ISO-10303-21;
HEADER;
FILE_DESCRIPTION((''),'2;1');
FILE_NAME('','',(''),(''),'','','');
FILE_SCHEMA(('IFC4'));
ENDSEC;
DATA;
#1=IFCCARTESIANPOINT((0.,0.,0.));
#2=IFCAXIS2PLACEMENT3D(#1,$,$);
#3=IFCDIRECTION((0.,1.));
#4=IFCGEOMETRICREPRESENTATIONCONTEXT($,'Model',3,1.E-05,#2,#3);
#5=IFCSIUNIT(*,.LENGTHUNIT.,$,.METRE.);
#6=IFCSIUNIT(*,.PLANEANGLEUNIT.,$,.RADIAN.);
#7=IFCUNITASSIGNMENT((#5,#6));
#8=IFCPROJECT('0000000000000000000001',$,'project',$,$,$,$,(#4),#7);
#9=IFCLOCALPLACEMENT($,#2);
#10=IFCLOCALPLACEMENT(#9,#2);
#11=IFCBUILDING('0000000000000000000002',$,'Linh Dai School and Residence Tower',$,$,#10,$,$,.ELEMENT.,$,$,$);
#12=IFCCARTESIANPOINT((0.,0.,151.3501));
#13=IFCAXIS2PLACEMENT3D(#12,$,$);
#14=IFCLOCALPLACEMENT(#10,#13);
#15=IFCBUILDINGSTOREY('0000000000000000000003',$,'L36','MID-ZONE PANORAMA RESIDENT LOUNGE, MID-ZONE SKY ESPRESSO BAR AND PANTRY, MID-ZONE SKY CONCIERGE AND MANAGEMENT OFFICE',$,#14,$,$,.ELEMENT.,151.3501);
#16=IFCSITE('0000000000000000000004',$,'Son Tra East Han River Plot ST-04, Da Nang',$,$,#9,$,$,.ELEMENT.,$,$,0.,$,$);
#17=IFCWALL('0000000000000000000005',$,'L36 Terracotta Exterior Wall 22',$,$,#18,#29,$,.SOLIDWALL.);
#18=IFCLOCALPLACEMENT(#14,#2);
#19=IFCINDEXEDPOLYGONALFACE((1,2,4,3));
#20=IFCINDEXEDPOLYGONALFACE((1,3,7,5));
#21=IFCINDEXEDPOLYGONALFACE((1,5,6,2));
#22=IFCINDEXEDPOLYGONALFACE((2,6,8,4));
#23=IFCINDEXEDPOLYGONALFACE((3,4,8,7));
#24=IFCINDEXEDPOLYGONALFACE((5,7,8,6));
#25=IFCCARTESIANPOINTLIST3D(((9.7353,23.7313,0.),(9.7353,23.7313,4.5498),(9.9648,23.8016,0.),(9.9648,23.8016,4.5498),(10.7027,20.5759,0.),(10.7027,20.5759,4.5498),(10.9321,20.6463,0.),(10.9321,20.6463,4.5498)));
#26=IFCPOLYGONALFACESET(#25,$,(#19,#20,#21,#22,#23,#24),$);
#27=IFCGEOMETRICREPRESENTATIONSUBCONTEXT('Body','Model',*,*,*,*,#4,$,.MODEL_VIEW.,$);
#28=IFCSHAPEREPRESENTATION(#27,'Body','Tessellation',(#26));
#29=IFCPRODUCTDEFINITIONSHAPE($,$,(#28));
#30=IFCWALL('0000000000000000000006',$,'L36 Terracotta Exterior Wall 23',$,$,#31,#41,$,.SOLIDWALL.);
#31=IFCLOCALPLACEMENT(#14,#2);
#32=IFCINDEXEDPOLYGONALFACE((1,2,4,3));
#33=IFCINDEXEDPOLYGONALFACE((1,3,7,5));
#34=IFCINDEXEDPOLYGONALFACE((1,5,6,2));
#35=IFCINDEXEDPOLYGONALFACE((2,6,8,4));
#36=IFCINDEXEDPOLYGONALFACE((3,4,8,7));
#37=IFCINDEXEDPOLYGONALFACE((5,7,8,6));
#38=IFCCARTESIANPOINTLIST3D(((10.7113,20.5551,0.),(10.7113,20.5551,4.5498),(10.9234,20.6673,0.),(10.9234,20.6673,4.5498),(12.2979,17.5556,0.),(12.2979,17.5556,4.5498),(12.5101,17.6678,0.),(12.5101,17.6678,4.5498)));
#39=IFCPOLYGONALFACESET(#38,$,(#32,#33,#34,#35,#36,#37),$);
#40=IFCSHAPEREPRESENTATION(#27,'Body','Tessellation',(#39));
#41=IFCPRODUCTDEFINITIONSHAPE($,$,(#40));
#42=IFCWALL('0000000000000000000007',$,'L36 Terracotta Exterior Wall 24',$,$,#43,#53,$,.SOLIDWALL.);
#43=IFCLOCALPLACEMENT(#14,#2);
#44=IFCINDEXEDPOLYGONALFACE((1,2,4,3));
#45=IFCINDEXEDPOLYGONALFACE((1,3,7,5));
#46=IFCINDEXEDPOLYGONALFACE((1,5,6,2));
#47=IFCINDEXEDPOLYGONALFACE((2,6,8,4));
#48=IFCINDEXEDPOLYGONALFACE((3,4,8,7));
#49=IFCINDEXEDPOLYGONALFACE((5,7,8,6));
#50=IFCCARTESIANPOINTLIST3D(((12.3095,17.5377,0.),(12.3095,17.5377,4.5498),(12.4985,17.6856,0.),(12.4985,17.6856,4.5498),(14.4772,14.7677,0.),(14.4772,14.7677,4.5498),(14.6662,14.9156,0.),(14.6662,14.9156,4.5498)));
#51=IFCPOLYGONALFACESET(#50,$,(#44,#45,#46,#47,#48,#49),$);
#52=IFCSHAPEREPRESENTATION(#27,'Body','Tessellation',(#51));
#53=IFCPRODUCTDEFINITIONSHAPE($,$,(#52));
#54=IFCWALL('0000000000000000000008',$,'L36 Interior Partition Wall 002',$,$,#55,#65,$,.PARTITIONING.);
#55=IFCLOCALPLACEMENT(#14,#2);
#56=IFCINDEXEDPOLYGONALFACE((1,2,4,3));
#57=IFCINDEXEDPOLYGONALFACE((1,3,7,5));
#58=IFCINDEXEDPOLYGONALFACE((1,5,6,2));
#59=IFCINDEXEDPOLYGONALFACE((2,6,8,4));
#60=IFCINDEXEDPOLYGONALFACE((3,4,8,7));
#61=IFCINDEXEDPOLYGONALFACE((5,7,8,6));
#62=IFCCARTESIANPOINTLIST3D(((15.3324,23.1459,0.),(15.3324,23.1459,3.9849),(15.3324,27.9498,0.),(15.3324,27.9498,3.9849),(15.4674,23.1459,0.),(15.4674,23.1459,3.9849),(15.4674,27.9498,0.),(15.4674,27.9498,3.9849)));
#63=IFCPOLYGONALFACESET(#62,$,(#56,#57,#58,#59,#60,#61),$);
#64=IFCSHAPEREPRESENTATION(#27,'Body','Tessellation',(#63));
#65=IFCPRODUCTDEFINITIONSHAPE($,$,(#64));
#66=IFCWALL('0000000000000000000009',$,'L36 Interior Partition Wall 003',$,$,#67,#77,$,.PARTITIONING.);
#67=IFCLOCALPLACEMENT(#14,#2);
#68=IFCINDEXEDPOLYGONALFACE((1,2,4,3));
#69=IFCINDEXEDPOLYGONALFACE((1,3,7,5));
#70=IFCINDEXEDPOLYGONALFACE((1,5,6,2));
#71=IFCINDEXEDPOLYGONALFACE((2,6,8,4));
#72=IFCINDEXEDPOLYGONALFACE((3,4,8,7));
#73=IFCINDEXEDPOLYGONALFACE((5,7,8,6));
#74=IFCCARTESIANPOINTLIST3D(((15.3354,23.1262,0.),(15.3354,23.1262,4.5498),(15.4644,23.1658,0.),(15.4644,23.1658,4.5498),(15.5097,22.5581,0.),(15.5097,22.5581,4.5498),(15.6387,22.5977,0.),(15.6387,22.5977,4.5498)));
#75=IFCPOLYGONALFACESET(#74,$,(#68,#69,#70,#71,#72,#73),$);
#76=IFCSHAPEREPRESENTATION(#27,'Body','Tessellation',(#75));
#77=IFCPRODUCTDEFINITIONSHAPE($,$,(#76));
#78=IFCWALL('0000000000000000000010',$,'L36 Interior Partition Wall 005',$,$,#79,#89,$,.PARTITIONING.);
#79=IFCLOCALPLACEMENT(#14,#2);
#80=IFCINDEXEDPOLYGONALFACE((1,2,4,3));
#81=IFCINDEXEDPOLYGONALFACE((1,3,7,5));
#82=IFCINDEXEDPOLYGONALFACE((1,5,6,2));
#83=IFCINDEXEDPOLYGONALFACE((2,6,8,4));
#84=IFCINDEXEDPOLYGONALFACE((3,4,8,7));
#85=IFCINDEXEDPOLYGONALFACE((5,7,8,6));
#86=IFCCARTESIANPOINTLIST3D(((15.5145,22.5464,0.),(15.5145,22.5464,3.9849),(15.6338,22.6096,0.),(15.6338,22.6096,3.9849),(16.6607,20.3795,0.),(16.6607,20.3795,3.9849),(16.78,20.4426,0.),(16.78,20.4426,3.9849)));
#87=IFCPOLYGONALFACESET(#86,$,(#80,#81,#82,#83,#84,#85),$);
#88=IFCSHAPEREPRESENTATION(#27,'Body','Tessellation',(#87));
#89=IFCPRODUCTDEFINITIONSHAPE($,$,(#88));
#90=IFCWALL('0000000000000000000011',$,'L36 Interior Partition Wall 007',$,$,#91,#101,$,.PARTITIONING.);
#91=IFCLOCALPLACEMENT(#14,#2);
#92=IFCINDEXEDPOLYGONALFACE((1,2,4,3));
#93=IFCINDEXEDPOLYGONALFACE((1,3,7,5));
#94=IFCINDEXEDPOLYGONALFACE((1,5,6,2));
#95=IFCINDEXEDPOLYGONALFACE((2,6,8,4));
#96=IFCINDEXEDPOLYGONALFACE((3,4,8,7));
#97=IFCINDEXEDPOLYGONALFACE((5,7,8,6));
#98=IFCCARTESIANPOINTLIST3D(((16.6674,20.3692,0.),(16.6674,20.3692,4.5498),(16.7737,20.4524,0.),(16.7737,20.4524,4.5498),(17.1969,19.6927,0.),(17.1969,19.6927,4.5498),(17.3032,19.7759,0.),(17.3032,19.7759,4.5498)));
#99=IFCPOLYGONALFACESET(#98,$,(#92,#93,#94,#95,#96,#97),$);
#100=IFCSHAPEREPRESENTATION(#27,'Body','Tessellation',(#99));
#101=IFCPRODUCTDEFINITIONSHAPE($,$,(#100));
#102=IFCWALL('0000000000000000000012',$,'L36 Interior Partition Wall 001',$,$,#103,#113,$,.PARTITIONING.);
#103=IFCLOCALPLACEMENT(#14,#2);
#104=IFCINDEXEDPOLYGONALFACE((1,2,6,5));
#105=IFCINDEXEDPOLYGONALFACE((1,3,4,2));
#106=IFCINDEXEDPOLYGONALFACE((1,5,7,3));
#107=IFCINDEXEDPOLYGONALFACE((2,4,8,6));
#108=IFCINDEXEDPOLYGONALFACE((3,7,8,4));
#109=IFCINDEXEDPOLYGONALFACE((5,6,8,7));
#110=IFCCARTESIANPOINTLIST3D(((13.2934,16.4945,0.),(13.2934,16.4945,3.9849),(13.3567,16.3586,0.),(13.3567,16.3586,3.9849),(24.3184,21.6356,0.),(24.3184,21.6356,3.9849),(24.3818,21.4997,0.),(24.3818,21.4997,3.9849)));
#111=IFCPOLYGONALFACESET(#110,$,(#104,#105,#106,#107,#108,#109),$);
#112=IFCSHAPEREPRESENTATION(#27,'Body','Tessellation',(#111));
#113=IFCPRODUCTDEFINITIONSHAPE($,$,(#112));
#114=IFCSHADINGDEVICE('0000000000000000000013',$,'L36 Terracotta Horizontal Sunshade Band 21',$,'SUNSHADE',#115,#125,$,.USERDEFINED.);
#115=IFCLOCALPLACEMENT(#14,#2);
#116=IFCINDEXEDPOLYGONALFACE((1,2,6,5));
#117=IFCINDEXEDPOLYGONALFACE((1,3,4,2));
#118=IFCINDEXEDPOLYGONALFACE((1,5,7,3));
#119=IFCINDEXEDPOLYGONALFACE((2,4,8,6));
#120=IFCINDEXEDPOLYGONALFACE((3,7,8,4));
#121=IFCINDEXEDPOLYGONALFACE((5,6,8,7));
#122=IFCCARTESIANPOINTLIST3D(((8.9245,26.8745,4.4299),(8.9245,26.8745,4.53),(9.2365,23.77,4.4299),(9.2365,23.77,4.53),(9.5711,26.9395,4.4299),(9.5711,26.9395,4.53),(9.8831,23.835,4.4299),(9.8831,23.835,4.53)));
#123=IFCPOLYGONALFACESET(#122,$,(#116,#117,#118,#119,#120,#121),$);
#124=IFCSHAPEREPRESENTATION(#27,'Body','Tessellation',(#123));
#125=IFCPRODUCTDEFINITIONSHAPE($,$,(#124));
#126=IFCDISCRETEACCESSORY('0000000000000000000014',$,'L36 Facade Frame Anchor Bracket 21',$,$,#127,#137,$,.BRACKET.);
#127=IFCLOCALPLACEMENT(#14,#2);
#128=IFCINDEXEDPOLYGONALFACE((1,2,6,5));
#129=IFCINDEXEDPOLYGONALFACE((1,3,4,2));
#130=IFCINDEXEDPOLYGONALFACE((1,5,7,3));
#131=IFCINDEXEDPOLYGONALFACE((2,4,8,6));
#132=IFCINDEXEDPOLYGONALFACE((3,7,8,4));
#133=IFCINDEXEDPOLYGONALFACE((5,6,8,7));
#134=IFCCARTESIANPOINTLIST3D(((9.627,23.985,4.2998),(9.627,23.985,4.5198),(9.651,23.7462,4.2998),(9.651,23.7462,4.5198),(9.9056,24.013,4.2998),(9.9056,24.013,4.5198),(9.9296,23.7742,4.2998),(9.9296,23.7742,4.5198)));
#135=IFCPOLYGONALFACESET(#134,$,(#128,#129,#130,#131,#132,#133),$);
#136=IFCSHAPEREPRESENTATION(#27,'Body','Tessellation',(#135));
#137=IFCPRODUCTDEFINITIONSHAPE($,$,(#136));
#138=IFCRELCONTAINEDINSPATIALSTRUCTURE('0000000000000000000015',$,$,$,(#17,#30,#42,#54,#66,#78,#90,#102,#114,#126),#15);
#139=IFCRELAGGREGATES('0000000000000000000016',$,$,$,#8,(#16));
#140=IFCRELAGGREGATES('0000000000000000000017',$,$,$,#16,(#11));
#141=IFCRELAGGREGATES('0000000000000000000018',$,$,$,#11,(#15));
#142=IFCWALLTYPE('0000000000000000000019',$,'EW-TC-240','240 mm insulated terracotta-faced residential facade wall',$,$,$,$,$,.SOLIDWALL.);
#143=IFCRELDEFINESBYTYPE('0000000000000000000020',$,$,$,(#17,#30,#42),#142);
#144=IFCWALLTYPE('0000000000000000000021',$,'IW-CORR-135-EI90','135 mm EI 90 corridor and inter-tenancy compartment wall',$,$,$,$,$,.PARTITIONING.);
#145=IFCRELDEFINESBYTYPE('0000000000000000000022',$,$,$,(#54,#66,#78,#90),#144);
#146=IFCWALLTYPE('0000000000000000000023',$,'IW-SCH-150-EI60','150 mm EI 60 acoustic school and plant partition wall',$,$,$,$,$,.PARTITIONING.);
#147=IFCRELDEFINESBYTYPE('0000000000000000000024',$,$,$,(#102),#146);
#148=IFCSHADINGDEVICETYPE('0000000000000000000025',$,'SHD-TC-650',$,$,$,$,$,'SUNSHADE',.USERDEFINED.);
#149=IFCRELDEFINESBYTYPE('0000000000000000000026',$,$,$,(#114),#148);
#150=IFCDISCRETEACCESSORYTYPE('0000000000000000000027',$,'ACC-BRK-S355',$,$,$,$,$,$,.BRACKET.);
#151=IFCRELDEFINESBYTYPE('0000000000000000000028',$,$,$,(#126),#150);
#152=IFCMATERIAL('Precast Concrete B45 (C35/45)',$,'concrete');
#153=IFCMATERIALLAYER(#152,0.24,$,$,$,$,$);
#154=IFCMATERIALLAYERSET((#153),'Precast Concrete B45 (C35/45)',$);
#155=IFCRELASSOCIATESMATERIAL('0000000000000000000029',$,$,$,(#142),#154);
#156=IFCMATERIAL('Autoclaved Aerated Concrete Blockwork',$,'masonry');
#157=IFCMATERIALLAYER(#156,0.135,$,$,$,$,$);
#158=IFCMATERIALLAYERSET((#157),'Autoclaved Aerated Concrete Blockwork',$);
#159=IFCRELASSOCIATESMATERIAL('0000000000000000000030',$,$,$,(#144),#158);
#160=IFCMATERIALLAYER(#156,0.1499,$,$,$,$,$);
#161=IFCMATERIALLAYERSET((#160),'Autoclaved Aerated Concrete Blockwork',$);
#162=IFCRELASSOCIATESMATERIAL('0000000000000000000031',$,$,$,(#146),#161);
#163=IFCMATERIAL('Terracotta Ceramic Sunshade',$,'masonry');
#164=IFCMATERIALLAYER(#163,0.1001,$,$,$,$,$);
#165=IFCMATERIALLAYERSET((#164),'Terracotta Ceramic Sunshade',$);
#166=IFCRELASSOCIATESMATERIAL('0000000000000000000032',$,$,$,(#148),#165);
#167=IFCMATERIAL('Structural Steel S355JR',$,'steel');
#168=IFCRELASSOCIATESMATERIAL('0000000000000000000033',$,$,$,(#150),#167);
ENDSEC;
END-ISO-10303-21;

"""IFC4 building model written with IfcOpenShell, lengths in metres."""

from ifc_helpers import new_model, si_unit, direction, frame, frame_2d, origin, origin_2d, place, context, subcontext, project, spatial, rectangle, extrude, source, transform, mapped, material, layer, layer_set, type_object, element, save


model = new_model("IFC4")

# Units and contexts
model_context = context("Model", 3, precision=1e-05, world=origin(), true_north=direction((0.0, 1.0)))
body_context = subcontext(model_context, "Body", "Model", "MODEL_VIEW")
ifc_project = project(units=[si_unit("LENGTHUNIT", "METRE"), si_unit("PLANEANGLEUNIT", "RADIAN")], contexts=[model_context])

# Site, building, storey
site_placement = place(None, origin())
site = spatial("IfcSite", under=ifc_project, at=site_placement, Name="Son Tra East Han River Plot ST-04, Da Nang", CompositionType="ELEMENT", RefElevation=0.0)
building_placement = place(site_placement, origin())
building = spatial("IfcBuilding", under=site, at=building_placement, Name="Linh Dai School and Residence Tower", CompositionType="ELEMENT")
storey_placement = place(building_placement, frame((0.0, 0.0, 151.3501)))
storey = spatial("IfcBuildingStorey", under=building, at=storey_placement, Name="L36", Description="MID-ZONE PANORAMA RESIDENT LOUNGE, MID-ZONE SKY ESPRESSO BAR AND PANTRY, MID-ZONE SKY CONCIERGE AND MANAGEMENT OFFICE", CompositionType="ELEMENT", Elevation=151.3501)

# Shared definitions
ifc_material_1 = material(Name="Structural Steel S355JR", Category="steel")

# Shared definitions
ifc_material_2 = material(Name="Precast Concrete B45 (C35/45)", Category="concrete")

# Walls
ifc_layer_1 = layer(ifc_material_2, 0.24)
ifc_layer_set_1 = layer_set([ifc_layer_1], Name="Precast Concrete B45 (C35/45)")
wall_type_1 = type_object("IfcWallType", Name="EW-TC-240", Description="240 mm insulated terracotta-faced residential facade wall", PredefinedType="SOLIDWALL", material=ifc_layer_set_1)
wall_1_placement = place(storey_placement, frame((10.8174, 20.6111, 0.0), z_axis=(0.0, 0.0, 1.0), x_axis=(-0.293098, 0.956082, 0.0)))
element("IfcWall", 1, at=wall_1_placement, inside=storey, type_object=wall_type_1, Name="L36 Terracotta Exterior Wall 22", PredefinedType="SOLIDWALL", context=body_context, shape_type="SweptSolid", body=[
    extrude(rectangle(XDim=3.3003, YDim=0.24, at=frame_2d((1.6501, 0.0))), origin(), (0.0, 0.0, 1.0), 4.5498),
])
wall_2_placement = place(storey_placement, frame((12.4041, 17.6116, 0.0), z_axis=(0.0, 0.0, 1.0), x_axis=(-0.467587, 0.883947, 0.0)))
element("IfcWall", 2, at=wall_2_placement, inside=storey, type_object=wall_type_1, Name="L36 Terracotta Exterior Wall 23", PredefinedType="SOLIDWALL", context=body_context, shape_type="SweptSolid", body=[
    extrude(rectangle(XDim=3.3933, YDim=0.24, at=frame_2d((1.6968, 0.0))), origin(), (0.0, 0.0, 1.0), 4.5498),
])
wall_3_placement = place(storey_placement, frame((14.5718, 14.8416, 0.0), z_axis=(0.0, 0.0, 1.0), x_axis=(-0.616288, 0.787521, 0.0)))
element("IfcWall", 3, at=wall_3_placement, inside=storey, type_object=wall_type_1, Name="L36 Terracotta Exterior Wall 24", PredefinedType="SOLIDWALL", context=body_context, shape_type="SweptSolid", body=[
    extrude(rectangle(XDim=3.5173, YDim=0.24, at=frame_2d((1.7588, 0.0))), origin(), (0.0, 0.0, 1.0), 4.5498),
])
ifc_material_3 = material(Name="Autoclaved Aerated Concrete Blockwork", Category="masonry")
ifc_layer_2 = layer(ifc_material_3, 0.135)
ifc_layer_set_2 = layer_set([ifc_layer_2], Name="Autoclaved Aerated Concrete Blockwork")
wall_type_2 = type_object("IfcWallType", Name="IW-CORR-135-EI90", Description="135 mm EI 90 corridor and inter-tenancy compartment wall", PredefinedType="PARTITIONING", material=ifc_layer_set_2)
wall_4_placement = place(storey_placement, frame((15.3999, 23.146, 0.0), z_axis=(0.0, 0.0, 1.0), x_axis=(0.0, 1.0, 0.0)))
element("IfcWall", 4, at=wall_4_placement, inside=storey, type_object=wall_type_2, Name="L36 Interior Partition Wall 002", PredefinedType="PARTITIONING", context=body_context, shape_type="SweptSolid", body=[
    extrude(rectangle(XDim=4.804, YDim=0.135, at=frame_2d((2.4019, 0.0))), origin(), (0.0, 0.0, 1.0), 3.9849),
])
wall_5_placement = place(storey_placement, frame((15.3999, 23.146, 0.0), z_axis=(0.0, 0.0, 1.0), x_axis=(0.293335, -0.95601, 0.0)))
element("IfcWall", 5, at=wall_5_placement, inside=storey, type_object=wall_type_2, Name="L36 Interior Partition Wall 003", PredefinedType="PARTITIONING", context=body_context, shape_type="SweptSolid", body=[
    extrude(rectangle(XDim=0.5942, YDim=0.135, at=frame_2d((0.2971, 0.0))), origin(), (0.0, 0.0, 1.0), 4.5498),
])
wall_6_placement = place(storey_placement, frame((15.5742, 22.5779, 0.0), z_axis=(0.0, 0.0, 1.0), x_axis=(0.467572, -0.883955, 0.0)))
element("IfcWall", 6, at=wall_6_placement, inside=storey, type_object=wall_type_2, Name="L36 Interior Partition Wall 005", PredefinedType="PARTITIONING", context=body_context, shape_type="SweptSolid", body=[
    extrude(rectangle(XDim=2.4514, YDim=0.135, at=frame_2d((1.2256, 0.0))), origin(), (0.0, 0.0, 1.0), 3.9849),
])
wall_7_placement = place(storey_placement, frame((16.7205, 20.4109, 0.0), z_axis=(0.0, 0.0, 1.0), x_axis=(0.616377, -0.787451, 0.0)))
element("IfcWall", 7, at=wall_7_placement, inside=storey, type_object=wall_type_2, Name="L36 Interior Partition Wall 007", PredefinedType="PARTITIONING", context=body_context, shape_type="SweptSolid", body=[
    extrude(rectangle(XDim=0.8591, YDim=0.135, at=frame_2d((0.4297, 0.0))), origin(), (0.0, 0.0, 1.0), 4.5498),
])
ifc_layer_3 = layer(ifc_material_3, 0.1499)
ifc_layer_set_3 = layer_set([ifc_layer_3], Name="Autoclaved Aerated Concrete Blockwork")
wall_type_3 = type_object("IfcWallType", Name="IW-SCH-150-EI60", Description="150 mm EI 60 acoustic school and plant partition wall", PredefinedType="PARTITIONING", material=ifc_layer_set_3)
wall_8_placement = place(storey_placement, frame((13.325, 16.4265, 0.0), z_axis=(0.0, 0.0, 1.0), x_axis=(0.906308, 0.422618, 0.0)))
element("IfcWall", 8, at=wall_8_placement, inside=storey, type_object=wall_type_3, Name="L36 Interior Partition Wall 001", PredefinedType="PARTITIONING", context=body_context, shape_type="SweptSolid", body=[
    extrude(rectangle(XDim=12.1648, YDim=0.1499, at=frame_2d((6.0825, 0.0))), origin(), (0.0, 0.0, 1.0), 3.9849),
])

# Shading device
ifc_material_4 = material(Name="Terracotta Ceramic Sunshade", Category="masonry")
ifc_layer_4 = layer(ifc_material_4, 0.1001)
ifc_layer_set_4 = layer_set([ifc_layer_4], Name="Terracotta Ceramic Sunshade")
shading_device_type = type_object("IfcShadingDeviceType", Name="SHD-TC-650", ElementType="SUNSHADE", PredefinedType="USERDEFINED", material=ifc_layer_set_4)
shared_shape_1 = source(origin(), body_context, "Body", "SweptSolid", [
    extrude(rectangle(XDim=3.1201, YDim=0.6499, at=origin_2d()), origin(), (0.0, 0.0, 1.0), 0.1001),
])
shading_device_placement = place(storey_placement, frame((9.4038, 25.3547, 4.4299), z_axis=(0.0, 0.0, 1.0), x_axis=(-0.100002, 0.994987, 0.0)))
element("IfcShadingDevice", 9, at=shading_device_placement, inside=storey, type_object=shading_device_type, Name="L36 Terracotta Horizontal Sunshade Band 21", ObjectType="SUNSHADE", PredefinedType="USERDEFINED", context=body_context, shape_type="MappedRepresentation", body=[
    mapped(shared_shape_1, transform((0.0, 0.0, 0.0), x_axis=(1.0, 0.0, 0.0), y_axis=(0.0, 1.0, 0.0), z_axis=(0.0, 0.0, 1.0), scale=1.0)),
])

# Discrete accessory
discrete_accessory_type = type_object("IfcDiscreteAccessoryType", Name="ACC-BRK-S355", PredefinedType="BRACKET", material=ifc_material_1)
shared_shape_2 = source(origin(), body_context, "Body", "SweptSolid", [
    extrude(rectangle(XDim=0.28, YDim=0.24, at=origin_2d()), origin(), (0.0, 0.0, 1.0), 0.22),
])
discrete_accessory_placement = place(storey_placement, frame((9.7783, 23.8796, 4.2998), z_axis=(0.0, 0.0, 1.0), x_axis=(-0.994987, -0.100002, 0.0)))
element("IfcDiscreteAccessory", 10, at=discrete_accessory_placement, inside=storey, type_object=discrete_accessory_type, Name="L36 Facade Frame Anchor Bracket 21", PredefinedType="BRACKET", context=body_context, shape_type="MappedRepresentation", body=[
    mapped(shared_shape_2, transform((0.0, 0.0, 0.0), x_axis=(1.0, 0.0, 0.0), y_axis=(0.0, 1.0, 0.0), z_axis=(0.0, 0.0, 1.0), scale=1.0)),
])

save(model, "model.ifc")
